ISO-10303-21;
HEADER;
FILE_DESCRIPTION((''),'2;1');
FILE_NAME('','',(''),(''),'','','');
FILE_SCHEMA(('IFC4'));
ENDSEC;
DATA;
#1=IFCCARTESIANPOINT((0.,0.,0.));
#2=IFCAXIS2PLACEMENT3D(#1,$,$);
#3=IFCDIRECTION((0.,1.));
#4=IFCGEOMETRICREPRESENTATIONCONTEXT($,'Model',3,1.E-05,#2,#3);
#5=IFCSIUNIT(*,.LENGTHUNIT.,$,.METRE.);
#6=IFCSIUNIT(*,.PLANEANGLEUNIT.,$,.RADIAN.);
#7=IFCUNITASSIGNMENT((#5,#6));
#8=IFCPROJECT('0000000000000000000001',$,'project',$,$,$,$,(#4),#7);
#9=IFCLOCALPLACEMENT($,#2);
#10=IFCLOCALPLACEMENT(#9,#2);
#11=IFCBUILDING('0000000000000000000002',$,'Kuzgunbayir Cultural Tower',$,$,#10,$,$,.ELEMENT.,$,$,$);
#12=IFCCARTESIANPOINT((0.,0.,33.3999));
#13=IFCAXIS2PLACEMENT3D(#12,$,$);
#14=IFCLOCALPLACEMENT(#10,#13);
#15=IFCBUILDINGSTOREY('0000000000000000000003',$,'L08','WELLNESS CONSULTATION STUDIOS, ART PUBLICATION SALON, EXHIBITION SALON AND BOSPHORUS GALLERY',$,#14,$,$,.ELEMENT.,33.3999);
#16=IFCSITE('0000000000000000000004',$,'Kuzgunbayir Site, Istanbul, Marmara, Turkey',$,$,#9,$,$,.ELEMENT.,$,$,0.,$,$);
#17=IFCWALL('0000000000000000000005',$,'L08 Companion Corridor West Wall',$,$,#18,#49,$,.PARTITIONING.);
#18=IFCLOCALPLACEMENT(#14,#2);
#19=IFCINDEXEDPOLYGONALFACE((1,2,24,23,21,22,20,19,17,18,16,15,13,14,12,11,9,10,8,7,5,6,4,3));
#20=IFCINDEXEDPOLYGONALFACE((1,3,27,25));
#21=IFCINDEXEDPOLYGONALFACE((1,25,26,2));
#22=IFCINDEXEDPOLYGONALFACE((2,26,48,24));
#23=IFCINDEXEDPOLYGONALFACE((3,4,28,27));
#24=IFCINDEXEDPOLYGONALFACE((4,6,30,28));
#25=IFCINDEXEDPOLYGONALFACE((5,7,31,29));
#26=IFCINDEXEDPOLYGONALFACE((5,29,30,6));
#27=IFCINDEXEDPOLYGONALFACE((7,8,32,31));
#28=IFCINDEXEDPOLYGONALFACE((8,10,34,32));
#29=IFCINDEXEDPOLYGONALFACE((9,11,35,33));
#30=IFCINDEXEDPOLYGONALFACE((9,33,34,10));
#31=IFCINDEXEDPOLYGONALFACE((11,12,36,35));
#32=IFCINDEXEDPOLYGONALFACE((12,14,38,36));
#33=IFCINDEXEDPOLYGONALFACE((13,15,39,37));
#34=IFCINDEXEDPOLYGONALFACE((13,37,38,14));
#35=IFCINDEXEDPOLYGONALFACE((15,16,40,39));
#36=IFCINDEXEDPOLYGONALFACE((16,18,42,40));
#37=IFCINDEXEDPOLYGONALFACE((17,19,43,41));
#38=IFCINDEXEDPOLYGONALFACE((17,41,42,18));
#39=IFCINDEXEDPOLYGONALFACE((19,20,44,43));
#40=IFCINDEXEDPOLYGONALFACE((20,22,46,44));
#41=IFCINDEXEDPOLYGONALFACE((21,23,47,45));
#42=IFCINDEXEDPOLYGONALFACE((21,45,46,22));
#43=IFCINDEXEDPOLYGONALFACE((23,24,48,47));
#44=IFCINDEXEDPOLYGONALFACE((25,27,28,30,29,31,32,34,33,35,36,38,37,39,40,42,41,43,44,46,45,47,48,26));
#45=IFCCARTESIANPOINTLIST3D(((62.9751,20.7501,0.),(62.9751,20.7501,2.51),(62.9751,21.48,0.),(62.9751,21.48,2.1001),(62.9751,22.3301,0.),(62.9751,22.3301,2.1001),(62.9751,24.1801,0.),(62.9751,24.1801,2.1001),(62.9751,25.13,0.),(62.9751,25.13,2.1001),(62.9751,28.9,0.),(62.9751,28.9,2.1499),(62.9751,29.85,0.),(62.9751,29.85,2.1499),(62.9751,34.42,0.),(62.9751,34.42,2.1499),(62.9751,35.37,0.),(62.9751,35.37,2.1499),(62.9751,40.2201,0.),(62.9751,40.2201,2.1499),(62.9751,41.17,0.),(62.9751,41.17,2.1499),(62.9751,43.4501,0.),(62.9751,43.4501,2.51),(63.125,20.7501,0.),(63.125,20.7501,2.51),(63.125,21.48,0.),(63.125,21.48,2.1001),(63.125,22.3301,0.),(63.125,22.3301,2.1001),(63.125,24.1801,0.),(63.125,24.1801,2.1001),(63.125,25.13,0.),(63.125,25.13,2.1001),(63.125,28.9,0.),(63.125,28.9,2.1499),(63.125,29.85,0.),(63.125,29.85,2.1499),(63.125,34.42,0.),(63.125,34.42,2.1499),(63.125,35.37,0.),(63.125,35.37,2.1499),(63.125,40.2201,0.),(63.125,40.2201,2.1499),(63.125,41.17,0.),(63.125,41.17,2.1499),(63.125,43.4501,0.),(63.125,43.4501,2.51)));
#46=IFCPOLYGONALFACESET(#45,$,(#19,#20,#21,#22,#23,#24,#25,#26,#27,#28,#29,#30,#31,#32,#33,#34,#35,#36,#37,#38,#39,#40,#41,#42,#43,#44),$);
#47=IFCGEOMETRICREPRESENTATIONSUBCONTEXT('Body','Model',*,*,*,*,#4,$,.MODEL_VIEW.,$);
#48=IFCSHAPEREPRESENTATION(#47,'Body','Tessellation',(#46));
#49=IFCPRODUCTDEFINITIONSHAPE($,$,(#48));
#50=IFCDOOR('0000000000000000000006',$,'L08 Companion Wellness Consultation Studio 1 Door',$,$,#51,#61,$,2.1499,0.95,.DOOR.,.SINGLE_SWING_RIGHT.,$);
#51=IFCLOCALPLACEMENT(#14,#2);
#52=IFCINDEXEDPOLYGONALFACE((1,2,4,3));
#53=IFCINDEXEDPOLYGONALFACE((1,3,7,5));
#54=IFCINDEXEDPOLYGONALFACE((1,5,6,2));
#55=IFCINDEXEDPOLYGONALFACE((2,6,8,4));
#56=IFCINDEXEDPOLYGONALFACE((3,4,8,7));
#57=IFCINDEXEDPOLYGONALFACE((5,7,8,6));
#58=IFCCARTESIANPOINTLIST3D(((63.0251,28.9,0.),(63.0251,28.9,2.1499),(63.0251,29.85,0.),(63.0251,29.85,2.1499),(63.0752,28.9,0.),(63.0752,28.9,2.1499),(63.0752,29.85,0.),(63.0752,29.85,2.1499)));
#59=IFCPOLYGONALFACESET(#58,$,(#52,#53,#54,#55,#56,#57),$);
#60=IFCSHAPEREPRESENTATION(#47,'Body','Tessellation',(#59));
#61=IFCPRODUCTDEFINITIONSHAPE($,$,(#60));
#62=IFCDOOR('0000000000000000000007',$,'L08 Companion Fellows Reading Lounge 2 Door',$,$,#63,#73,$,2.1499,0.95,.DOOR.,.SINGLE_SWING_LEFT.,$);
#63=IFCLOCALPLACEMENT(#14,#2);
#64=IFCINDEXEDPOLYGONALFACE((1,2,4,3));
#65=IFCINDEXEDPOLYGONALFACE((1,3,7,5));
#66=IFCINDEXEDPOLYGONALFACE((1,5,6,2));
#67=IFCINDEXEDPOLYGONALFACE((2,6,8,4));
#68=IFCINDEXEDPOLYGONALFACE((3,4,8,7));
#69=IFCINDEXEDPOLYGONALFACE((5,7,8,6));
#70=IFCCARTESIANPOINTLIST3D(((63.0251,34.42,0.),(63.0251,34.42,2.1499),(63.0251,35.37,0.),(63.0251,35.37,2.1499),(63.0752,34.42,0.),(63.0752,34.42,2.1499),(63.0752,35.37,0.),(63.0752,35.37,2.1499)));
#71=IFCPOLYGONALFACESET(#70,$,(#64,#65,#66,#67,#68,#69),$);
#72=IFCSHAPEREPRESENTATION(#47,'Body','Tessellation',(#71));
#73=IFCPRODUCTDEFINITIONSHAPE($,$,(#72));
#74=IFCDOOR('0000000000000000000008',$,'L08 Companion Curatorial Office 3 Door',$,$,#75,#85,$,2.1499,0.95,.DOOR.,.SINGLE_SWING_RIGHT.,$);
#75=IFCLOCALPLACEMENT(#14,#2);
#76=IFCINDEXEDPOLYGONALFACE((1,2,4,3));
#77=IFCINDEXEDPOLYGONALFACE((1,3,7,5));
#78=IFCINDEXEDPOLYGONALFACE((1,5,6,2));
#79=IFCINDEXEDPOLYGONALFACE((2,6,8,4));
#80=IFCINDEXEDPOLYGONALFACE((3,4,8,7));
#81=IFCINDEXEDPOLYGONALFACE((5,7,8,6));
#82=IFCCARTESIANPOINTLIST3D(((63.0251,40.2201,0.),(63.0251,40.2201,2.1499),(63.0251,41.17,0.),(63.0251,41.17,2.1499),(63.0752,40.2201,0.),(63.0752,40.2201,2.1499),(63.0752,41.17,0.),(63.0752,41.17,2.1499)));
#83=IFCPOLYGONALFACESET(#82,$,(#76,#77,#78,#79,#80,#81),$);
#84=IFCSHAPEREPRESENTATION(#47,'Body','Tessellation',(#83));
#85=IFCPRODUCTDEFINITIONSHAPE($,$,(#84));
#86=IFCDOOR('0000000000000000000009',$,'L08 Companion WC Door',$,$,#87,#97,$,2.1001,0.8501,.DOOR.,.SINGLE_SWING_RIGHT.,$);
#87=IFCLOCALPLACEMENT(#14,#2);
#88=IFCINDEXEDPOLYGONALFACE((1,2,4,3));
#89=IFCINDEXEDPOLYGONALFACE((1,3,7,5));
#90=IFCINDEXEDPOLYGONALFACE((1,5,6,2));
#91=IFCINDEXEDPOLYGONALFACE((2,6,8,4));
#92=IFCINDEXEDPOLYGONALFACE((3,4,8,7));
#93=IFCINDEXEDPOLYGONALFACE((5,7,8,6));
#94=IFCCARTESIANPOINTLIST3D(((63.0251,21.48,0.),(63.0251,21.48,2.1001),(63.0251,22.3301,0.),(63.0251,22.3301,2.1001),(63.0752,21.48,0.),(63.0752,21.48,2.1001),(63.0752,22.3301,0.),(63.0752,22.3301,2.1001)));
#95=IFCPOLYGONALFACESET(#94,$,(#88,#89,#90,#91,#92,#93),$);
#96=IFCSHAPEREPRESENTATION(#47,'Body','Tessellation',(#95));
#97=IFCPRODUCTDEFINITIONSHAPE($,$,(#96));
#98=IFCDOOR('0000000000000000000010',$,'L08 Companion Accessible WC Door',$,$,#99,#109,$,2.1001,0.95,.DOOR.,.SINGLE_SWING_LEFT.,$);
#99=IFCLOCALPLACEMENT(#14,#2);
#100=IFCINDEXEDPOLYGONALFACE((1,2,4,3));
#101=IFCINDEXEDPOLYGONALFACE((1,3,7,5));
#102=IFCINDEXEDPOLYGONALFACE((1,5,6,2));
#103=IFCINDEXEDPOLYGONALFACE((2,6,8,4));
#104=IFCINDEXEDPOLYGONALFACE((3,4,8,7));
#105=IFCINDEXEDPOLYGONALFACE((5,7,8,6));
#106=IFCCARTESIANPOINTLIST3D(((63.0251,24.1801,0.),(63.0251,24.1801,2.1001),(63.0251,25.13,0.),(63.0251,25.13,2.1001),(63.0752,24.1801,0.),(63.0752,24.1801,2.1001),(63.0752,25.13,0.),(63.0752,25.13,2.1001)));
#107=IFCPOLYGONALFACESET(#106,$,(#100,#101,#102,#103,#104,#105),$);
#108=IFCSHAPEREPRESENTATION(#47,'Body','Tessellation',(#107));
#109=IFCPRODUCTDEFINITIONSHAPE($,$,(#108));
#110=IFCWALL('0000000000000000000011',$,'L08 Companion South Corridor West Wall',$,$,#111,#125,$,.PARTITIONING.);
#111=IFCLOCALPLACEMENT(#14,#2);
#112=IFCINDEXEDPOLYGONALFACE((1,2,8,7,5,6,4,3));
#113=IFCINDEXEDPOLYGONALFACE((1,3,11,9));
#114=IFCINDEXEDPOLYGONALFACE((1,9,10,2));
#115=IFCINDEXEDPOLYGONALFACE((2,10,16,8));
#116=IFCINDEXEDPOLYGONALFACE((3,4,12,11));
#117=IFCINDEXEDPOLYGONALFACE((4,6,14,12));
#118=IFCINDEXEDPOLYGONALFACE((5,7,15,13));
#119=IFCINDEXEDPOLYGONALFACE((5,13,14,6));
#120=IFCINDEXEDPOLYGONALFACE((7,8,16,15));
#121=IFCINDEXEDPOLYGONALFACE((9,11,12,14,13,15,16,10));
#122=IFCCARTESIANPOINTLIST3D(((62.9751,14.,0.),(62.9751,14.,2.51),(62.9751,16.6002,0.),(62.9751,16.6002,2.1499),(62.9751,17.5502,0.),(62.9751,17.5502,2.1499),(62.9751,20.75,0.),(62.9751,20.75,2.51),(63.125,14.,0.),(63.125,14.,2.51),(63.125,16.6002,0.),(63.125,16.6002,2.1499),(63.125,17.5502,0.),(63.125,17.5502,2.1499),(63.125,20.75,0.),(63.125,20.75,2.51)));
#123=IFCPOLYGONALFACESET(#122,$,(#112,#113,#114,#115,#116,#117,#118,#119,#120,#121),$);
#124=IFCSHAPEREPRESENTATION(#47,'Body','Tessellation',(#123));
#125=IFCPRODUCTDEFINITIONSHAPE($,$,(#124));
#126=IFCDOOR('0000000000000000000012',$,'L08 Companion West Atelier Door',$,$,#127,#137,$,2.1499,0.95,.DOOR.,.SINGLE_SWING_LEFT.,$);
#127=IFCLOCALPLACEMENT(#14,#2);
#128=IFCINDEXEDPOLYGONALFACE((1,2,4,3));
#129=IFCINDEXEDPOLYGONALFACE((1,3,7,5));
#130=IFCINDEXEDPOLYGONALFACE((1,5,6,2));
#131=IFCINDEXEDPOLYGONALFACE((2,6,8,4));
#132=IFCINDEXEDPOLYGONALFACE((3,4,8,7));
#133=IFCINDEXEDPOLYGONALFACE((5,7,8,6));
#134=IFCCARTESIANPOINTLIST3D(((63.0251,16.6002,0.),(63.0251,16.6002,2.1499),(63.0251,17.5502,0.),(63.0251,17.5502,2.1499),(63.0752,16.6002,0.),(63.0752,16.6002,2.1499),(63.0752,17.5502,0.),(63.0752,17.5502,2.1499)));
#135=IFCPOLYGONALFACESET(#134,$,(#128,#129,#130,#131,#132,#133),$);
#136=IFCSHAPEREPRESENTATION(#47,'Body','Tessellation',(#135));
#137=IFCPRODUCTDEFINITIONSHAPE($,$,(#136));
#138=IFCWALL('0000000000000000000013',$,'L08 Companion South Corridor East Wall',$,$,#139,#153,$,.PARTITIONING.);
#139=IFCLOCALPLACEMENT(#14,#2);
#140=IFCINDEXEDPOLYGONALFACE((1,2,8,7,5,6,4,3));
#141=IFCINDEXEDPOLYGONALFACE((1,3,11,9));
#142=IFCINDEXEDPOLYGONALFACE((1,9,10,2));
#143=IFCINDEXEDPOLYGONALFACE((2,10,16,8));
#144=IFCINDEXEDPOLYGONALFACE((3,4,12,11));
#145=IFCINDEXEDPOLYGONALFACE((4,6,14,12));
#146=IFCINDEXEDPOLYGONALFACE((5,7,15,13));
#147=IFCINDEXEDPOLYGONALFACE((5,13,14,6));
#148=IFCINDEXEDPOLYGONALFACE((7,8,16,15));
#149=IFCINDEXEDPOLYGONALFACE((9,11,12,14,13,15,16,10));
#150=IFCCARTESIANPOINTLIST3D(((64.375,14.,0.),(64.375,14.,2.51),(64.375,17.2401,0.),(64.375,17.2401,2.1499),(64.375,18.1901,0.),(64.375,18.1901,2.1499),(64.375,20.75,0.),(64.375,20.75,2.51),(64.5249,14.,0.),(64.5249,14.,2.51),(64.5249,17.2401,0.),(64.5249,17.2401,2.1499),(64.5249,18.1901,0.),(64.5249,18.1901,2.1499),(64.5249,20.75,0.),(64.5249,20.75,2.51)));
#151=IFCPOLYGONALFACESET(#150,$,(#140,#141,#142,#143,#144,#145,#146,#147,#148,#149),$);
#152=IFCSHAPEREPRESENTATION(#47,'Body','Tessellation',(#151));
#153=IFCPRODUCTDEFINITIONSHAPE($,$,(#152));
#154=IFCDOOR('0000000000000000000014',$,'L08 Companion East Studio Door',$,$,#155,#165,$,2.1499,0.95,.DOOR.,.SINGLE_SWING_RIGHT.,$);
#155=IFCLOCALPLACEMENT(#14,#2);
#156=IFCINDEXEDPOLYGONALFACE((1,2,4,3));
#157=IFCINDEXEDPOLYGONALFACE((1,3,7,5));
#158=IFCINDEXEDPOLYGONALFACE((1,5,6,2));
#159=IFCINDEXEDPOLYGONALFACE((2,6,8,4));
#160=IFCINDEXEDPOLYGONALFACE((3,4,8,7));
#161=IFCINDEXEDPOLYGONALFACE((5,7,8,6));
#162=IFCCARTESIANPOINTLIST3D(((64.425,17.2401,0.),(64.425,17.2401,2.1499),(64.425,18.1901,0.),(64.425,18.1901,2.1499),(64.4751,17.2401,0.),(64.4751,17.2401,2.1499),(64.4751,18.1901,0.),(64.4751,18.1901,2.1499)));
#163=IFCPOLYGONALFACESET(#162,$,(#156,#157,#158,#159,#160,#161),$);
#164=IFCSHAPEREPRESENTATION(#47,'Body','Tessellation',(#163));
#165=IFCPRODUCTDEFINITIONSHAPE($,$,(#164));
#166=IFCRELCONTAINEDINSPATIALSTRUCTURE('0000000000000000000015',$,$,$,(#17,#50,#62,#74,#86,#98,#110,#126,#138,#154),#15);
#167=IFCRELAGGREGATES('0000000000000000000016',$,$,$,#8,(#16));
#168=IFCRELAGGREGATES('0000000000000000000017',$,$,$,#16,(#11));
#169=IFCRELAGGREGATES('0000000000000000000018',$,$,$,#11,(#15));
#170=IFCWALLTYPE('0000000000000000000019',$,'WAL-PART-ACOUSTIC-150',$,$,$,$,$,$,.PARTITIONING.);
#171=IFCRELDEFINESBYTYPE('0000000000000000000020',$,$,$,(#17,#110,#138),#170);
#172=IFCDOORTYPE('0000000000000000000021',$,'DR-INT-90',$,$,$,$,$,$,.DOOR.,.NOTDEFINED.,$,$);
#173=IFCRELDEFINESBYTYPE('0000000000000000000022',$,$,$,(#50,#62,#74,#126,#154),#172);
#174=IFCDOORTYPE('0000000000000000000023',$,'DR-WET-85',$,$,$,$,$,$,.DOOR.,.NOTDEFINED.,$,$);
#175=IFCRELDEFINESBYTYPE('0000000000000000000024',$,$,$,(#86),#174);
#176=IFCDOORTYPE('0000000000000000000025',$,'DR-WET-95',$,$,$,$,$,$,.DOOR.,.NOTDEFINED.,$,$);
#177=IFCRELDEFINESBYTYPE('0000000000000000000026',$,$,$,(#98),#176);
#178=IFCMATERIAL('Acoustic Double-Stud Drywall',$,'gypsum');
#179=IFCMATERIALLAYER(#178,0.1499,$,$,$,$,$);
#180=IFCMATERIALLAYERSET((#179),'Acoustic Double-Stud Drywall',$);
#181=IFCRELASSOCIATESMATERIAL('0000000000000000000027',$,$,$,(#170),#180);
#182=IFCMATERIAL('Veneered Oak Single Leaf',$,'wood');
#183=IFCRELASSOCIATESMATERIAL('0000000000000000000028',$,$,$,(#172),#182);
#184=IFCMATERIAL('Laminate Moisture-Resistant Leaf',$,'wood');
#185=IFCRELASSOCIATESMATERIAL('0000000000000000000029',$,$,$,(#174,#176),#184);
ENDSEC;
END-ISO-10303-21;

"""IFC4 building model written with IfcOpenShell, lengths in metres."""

from ifc_helpers import new_model, si_unit, direction, frame, frame_2d, origin, place, context, subcontext, project, spatial, rectangle, extrude, material, layer, layer_set, type_object, element, fill, save


model = new_model("IFC4")

# Units and contexts
model_context = context("Model", 3, precision=1e-05, world=origin(), true_north=direction((0.0, 1.0)))
body_context = subcontext(model_context, "Body", "Model", "MODEL_VIEW")
ifc_project = project(units=[si_unit("LENGTHUNIT", "METRE"), si_unit("PLANEANGLEUNIT", "RADIAN")], contexts=[model_context])

# Site, building, storey
site_placement = place(None, origin())
site = spatial("IfcSite", under=ifc_project, at=site_placement, Name="Kuzgunbayir Site, Istanbul, Marmara, Turkey", CompositionType="ELEMENT", RefElevation=0.0)
building_placement = place(site_placement, origin())
building = spatial("IfcBuilding", under=site, at=building_placement, Name="Kuzgunbayir Cultural Tower", CompositionType="ELEMENT")
storey_placement = place(building_placement, frame((0.0, 0.0, 33.3999)))
storey = spatial("IfcBuildingStorey", under=building, at=storey_placement, Name="L08", Description="WELLNESS CONSULTATION STUDIOS, ART PUBLICATION SALON, EXHIBITION SALON AND BOSPHORUS GALLERY", CompositionType="ELEMENT", Elevation=33.3999)

# Shared definitions
ifc_material_1 = material(Name="Acoustic Double-Stud Drywall", Category="gypsum")
ifc_layer_1 = layer(ifc_material_1, 0.1499)
ifc_layer_set_1 = layer_set([ifc_layer_1], Name="Acoustic Double-Stud Drywall")
wall_type_1 = type_object("IfcWallType", Name="WAL-PART-ACOUSTIC-150", PredefinedType="PARTITIONING", material=ifc_layer_set_1)
ifc_material_2 = material(Name="Veneered Oak Single Leaf", Category="wood")
door_type_1 = type_object("IfcDoorType", Name="DR-INT-90", OperationType="NOTDEFINED", PredefinedType="DOOR", material=ifc_material_2)

# Wall, openings, doors
wall_1_placement = place(storey_placement, frame((63.05, 20.75, 0.0), z_axis=(0.0, 0.0, 1.0), x_axis=(0.0, 1.0, 0.0)))
wall_1 = element("IfcWall", 1, at=wall_1_placement, inside=storey, type_object=wall_type_1, Name="L08 Companion Corridor West Wall", PredefinedType="PARTITIONING", context=body_context, shape_type="SweptSolid", body=[
    extrude(rectangle(XDim=22.7, YDim=0.1499, at=frame_2d((11.3501, 0.0))), origin(), (0.0, 0.0, 1.0), 2.51),
])
opening_1_placement = place(wall_1_placement, frame((0.73, 0.0, 0.0)))
opening_1 = element("IfcOpeningElement", 2, at=opening_1_placement, cuts=wall_1, PredefinedType="OPENING", context=body_context, shape_type="SweptSolid", body=[
    extrude(rectangle(XDim=0.8501, YDim=2.1001, at=frame_2d((0.425, 1.05))), frame((0.0, 0.085, 0.0), z_axis=(0.0, -1.0, 0.0), x_axis=(1.0, 0.0, 0.0)), (0.0, 0.0, 1.0), 0.1699),
])
opening_2_placement = place(wall_1_placement, frame((3.4299, 0.0, 0.0)))
opening_2 = element("IfcOpeningElement", 3, at=opening_2_placement, cuts=wall_1, PredefinedType="OPENING", context=body_context, shape_type="SweptSolid", body=[
    extrude(rectangle(XDim=0.95, YDim=2.1001, at=frame_2d((0.4751, 1.05))), frame((0.0, 0.085, 0.0), z_axis=(0.0, -1.0, 0.0), x_axis=(1.0, 0.0, 0.0)), (0.0, 0.0, 1.0), 0.1699),
])
opening_3_placement = place(wall_1_placement, frame((8.1499, 0.0, 0.0)))
opening_3 = element("IfcOpeningElement", 4, at=opening_3_placement, cuts=wall_1, PredefinedType="OPENING", context=body_context, shape_type="SweptSolid", body=[
    extrude(rectangle(XDim=0.95, YDim=2.1499, at=frame_2d((0.4751, 1.075))), frame((0.0, 0.085, 0.0), z_axis=(0.0, -1.0, 0.0), x_axis=(1.0, 0.0, 0.0)), (0.0, 0.0, 1.0), 0.1699),
])
opening_4_placement = place(wall_1_placement, frame((13.6699, 0.0, 0.0)))
opening_4 = element("IfcOpeningElement", 5, at=opening_4_placement, cuts=wall_1, PredefinedType="OPENING", context=body_context, shape_type="SweptSolid", body=[
    extrude(rectangle(XDim=0.95, YDim=2.1499, at=frame_2d((0.4751, 1.075))), frame((0.0, 0.085, 0.0), z_axis=(0.0, -1.0, 0.0), x_axis=(1.0, 0.0, 0.0)), (0.0, 0.0, 1.0), 0.1699),
])
opening_5_placement = place(wall_1_placement, frame((19.47, 0.0, 0.0)))
opening_5 = element("IfcOpeningElement", 6, at=opening_5_placement, cuts=wall_1, PredefinedType="OPENING", context=body_context, shape_type="SweptSolid", body=[
    extrude(rectangle(XDim=0.95, YDim=2.1499, at=frame_2d((0.4751, 1.075))), frame((0.0, 0.085, 0.0), z_axis=(0.0, -1.0, 0.0), x_axis=(1.0, 0.0, 0.0)), (0.0, 0.0, 1.0), 0.1699),
])
door_1_placement = place(opening_3_placement, origin())
door_1 = element("IfcDoor", 7, at=door_1_placement, inside=storey, type_object=door_type_1, Name="L08 Companion Wellness Consultation Studio 1 Door", OperationType="SINGLE_SWING_RIGHT", OverallHeight=2.1499, OverallWidth=0.95, PredefinedType="DOOR", context=body_context, shape_type="SweptSolid", body=[
    extrude(rectangle(XDim=0.95, YDim=2.1499, at=frame_2d((0.4751, 1.075))), frame((0.0, 0.0249, 0.0), z_axis=(0.0, -1.0, 0.0), x_axis=(1.0, 0.0, 0.0)), (0.0, 0.0, 1.0), 0.05),
])
fill(opening_3, door_1)
door_2_placement = place(opening_4_placement, origin())
door_2 = element("IfcDoor", 8, at=door_2_placement, inside=storey, type_object=door_type_1, Name="L08 Companion Fellows Reading Lounge 2 Door", OperationType="SINGLE_SWING_LEFT", OverallHeight=2.1499, OverallWidth=0.95, PredefinedType="DOOR", context=body_context, shape_type="SweptSolid", body=[
    extrude(rectangle(XDim=0.95, YDim=2.1499, at=frame_2d((0.4751, 1.075))), frame((0.0, 0.0249, 0.0), z_axis=(0.0, -1.0, 0.0), x_axis=(1.0, 0.0, 0.0)), (0.0, 0.0, 1.0), 0.05),
])
fill(opening_4, door_2)
door_3_placement = place(opening_5_placement, origin())
door_3 = element("IfcDoor", 9, at=door_3_placement, inside=storey, type_object=door_type_1, Name="L08 Companion Curatorial Office 3 Door", OperationType="SINGLE_SWING_RIGHT", OverallHeight=2.1499, OverallWidth=0.95, PredefinedType="DOOR", context=body_context, shape_type="SweptSolid", body=[
    extrude(rectangle(XDim=0.95, YDim=2.1499, at=frame_2d((0.4751, 1.075))), frame((0.0, 0.0249, 0.0), z_axis=(0.0, -1.0, 0.0), x_axis=(1.0, 0.0, 0.0)), (0.0, 0.0, 1.0), 0.05),
])
fill(opening_5, door_3)
ifc_material_3 = material(Name="Laminate Moisture-Resistant Leaf", Category="wood")
door_type_2 = type_object("IfcDoorType", Name="DR-WET-85", OperationType="NOTDEFINED", PredefinedType="DOOR", material=ifc_material_3)
door_4_placement = place(opening_1_placement, origin())
door_4 = element("IfcDoor", 10, at=door_4_placement, inside=storey, type_object=door_type_2, Name="L08 Companion WC Door", OperationType="SINGLE_SWING_RIGHT", OverallHeight=2.1001, OverallWidth=0.8501, PredefinedType="DOOR", context=body_context, shape_type="SweptSolid", body=[
    extrude(rectangle(XDim=0.8501, YDim=2.1001, at=frame_2d((0.425, 1.05))), frame((0.0, 0.0249, 0.0), z_axis=(0.0, -1.0, 0.0), x_axis=(1.0, 0.0, 0.0)), (0.0, 0.0, 1.0), 0.05),
])
fill(opening_1, door_4)
door_type_3 = type_object("IfcDoorType", Name="DR-WET-95", OperationType="NOTDEFINED", PredefinedType="DOOR", material=ifc_material_3)
door_5_placement = place(opening_2_placement, origin())
door_5 = element("IfcDoor", 11, at=door_5_placement, inside=storey, type_object=door_type_3, Name="L08 Companion Accessible WC Door", OperationType="SINGLE_SWING_LEFT", OverallHeight=2.1001, OverallWidth=0.95, PredefinedType="DOOR", context=body_context, shape_type="SweptSolid", body=[
    extrude(rectangle(XDim=0.95, YDim=2.1001, at=frame_2d((0.4751, 1.05))), frame((0.0, 0.0249, 0.0), z_axis=(0.0, -1.0, 0.0), x_axis=(1.0, 0.0, 0.0)), (0.0, 0.0, 1.0), 0.05),
])
fill(opening_2, door_5)

# Walls, openings, doors
wall_2_placement = place(storey_placement, frame((63.05, 14.0, 0.0), z_axis=(0.0, 0.0, 1.0), x_axis=(0.0, 1.0, 0.0)))
wall_2 = element("IfcWall", 12, at=wall_2_placement, inside=storey, type_object=wall_type_1, Name="L08 Companion South Corridor West Wall", PredefinedType="PARTITIONING", context=body_context, shape_type="SweptSolid", body=[
    extrude(rectangle(XDim=6.75, YDim=0.1499, at=frame_2d((3.375, 0.0))), origin(), (0.0, 0.0, 1.0), 2.51),
])
opening_6_placement = place(wall_2_placement, frame((2.6001, 0.0, 0.0)))
opening_6 = element("IfcOpeningElement", 13, at=opening_6_placement, cuts=wall_2, PredefinedType="OPENING", context=body_context, shape_type="SweptSolid", body=[
    extrude(rectangle(XDim=0.95, YDim=2.1499, at=frame_2d((0.4751, 1.075))), frame((0.0, 0.085, 0.0), z_axis=(0.0, -1.0, 0.0), x_axis=(1.0, 0.0, 0.0)), (0.0, 0.0, 1.0), 0.1699),
])
door_6_placement = place(opening_6_placement, origin())
door_6 = element("IfcDoor", 14, at=door_6_placement, inside=storey, type_object=door_type_1, Name="L08 Companion West Atelier Door", OperationType="SINGLE_SWING_LEFT", OverallHeight=2.1499, OverallWidth=0.95, PredefinedType="DOOR", context=body_context, shape_type="SweptSolid", body=[
    extrude(rectangle(XDim=0.95, YDim=2.1499, at=frame_2d((0.4751, 1.075))), frame((0.0, 0.0249, 0.0), z_axis=(0.0, -1.0, 0.0), x_axis=(1.0, 0.0, 0.0)), (0.0, 0.0, 1.0), 0.05),
])
fill(opening_6, door_6)
wall_3_placement = place(storey_placement, frame((64.45, 14.0, 0.0), z_axis=(0.0, 0.0, 1.0), x_axis=(0.0, 1.0, 0.0)))
wall_3 = element("IfcWall", 15, at=wall_3_placement, inside=storey, type_object=wall_type_1, Name="L08 Companion South Corridor East Wall", PredefinedType="PARTITIONING", context=body_context, shape_type="SweptSolid", body=[
    extrude(rectangle(XDim=6.75, YDim=0.1499, at=frame_2d((3.375, 0.0))), origin(), (0.0, 0.0, 1.0), 2.51),
])
opening_7_placement = place(wall_3_placement, frame((3.24, 0.0, 0.0)))
opening_7 = element("IfcOpeningElement", 16, at=opening_7_placement, cuts=wall_3, PredefinedType="OPENING", context=body_context, shape_type="SweptSolid", body=[
    extrude(rectangle(XDim=0.95, YDim=2.1499, at=frame_2d((0.4751, 1.075))), frame((0.0, 0.085, 0.0), z_axis=(0.0, -1.0, 0.0), x_axis=(1.0, 0.0, 0.0)), (0.0, 0.0, 1.0), 0.1699),
])
door_7_placement = place(opening_7_placement, origin())
door_7 = element("IfcDoor", 17, at=door_7_placement, inside=storey, type_object=door_type_1, Name="L08 Companion East Studio Door", OperationType="SINGLE_SWING_RIGHT", OverallHeight=2.1499, OverallWidth=0.95, PredefinedType="DOOR", context=body_context, shape_type="SweptSolid", body=[
    extrude(rectangle(XDim=0.95, YDim=2.1499, at=frame_2d((0.4751, 1.075))), frame((0.0, 0.0249, 0.0), z_axis=(0.0, -1.0, 0.0), x_axis=(1.0, 0.0, 0.0)), (0.0, 0.0, 1.0), 0.05),
])
fill(opening_7, door_7)

save(model, "model.ifc")
